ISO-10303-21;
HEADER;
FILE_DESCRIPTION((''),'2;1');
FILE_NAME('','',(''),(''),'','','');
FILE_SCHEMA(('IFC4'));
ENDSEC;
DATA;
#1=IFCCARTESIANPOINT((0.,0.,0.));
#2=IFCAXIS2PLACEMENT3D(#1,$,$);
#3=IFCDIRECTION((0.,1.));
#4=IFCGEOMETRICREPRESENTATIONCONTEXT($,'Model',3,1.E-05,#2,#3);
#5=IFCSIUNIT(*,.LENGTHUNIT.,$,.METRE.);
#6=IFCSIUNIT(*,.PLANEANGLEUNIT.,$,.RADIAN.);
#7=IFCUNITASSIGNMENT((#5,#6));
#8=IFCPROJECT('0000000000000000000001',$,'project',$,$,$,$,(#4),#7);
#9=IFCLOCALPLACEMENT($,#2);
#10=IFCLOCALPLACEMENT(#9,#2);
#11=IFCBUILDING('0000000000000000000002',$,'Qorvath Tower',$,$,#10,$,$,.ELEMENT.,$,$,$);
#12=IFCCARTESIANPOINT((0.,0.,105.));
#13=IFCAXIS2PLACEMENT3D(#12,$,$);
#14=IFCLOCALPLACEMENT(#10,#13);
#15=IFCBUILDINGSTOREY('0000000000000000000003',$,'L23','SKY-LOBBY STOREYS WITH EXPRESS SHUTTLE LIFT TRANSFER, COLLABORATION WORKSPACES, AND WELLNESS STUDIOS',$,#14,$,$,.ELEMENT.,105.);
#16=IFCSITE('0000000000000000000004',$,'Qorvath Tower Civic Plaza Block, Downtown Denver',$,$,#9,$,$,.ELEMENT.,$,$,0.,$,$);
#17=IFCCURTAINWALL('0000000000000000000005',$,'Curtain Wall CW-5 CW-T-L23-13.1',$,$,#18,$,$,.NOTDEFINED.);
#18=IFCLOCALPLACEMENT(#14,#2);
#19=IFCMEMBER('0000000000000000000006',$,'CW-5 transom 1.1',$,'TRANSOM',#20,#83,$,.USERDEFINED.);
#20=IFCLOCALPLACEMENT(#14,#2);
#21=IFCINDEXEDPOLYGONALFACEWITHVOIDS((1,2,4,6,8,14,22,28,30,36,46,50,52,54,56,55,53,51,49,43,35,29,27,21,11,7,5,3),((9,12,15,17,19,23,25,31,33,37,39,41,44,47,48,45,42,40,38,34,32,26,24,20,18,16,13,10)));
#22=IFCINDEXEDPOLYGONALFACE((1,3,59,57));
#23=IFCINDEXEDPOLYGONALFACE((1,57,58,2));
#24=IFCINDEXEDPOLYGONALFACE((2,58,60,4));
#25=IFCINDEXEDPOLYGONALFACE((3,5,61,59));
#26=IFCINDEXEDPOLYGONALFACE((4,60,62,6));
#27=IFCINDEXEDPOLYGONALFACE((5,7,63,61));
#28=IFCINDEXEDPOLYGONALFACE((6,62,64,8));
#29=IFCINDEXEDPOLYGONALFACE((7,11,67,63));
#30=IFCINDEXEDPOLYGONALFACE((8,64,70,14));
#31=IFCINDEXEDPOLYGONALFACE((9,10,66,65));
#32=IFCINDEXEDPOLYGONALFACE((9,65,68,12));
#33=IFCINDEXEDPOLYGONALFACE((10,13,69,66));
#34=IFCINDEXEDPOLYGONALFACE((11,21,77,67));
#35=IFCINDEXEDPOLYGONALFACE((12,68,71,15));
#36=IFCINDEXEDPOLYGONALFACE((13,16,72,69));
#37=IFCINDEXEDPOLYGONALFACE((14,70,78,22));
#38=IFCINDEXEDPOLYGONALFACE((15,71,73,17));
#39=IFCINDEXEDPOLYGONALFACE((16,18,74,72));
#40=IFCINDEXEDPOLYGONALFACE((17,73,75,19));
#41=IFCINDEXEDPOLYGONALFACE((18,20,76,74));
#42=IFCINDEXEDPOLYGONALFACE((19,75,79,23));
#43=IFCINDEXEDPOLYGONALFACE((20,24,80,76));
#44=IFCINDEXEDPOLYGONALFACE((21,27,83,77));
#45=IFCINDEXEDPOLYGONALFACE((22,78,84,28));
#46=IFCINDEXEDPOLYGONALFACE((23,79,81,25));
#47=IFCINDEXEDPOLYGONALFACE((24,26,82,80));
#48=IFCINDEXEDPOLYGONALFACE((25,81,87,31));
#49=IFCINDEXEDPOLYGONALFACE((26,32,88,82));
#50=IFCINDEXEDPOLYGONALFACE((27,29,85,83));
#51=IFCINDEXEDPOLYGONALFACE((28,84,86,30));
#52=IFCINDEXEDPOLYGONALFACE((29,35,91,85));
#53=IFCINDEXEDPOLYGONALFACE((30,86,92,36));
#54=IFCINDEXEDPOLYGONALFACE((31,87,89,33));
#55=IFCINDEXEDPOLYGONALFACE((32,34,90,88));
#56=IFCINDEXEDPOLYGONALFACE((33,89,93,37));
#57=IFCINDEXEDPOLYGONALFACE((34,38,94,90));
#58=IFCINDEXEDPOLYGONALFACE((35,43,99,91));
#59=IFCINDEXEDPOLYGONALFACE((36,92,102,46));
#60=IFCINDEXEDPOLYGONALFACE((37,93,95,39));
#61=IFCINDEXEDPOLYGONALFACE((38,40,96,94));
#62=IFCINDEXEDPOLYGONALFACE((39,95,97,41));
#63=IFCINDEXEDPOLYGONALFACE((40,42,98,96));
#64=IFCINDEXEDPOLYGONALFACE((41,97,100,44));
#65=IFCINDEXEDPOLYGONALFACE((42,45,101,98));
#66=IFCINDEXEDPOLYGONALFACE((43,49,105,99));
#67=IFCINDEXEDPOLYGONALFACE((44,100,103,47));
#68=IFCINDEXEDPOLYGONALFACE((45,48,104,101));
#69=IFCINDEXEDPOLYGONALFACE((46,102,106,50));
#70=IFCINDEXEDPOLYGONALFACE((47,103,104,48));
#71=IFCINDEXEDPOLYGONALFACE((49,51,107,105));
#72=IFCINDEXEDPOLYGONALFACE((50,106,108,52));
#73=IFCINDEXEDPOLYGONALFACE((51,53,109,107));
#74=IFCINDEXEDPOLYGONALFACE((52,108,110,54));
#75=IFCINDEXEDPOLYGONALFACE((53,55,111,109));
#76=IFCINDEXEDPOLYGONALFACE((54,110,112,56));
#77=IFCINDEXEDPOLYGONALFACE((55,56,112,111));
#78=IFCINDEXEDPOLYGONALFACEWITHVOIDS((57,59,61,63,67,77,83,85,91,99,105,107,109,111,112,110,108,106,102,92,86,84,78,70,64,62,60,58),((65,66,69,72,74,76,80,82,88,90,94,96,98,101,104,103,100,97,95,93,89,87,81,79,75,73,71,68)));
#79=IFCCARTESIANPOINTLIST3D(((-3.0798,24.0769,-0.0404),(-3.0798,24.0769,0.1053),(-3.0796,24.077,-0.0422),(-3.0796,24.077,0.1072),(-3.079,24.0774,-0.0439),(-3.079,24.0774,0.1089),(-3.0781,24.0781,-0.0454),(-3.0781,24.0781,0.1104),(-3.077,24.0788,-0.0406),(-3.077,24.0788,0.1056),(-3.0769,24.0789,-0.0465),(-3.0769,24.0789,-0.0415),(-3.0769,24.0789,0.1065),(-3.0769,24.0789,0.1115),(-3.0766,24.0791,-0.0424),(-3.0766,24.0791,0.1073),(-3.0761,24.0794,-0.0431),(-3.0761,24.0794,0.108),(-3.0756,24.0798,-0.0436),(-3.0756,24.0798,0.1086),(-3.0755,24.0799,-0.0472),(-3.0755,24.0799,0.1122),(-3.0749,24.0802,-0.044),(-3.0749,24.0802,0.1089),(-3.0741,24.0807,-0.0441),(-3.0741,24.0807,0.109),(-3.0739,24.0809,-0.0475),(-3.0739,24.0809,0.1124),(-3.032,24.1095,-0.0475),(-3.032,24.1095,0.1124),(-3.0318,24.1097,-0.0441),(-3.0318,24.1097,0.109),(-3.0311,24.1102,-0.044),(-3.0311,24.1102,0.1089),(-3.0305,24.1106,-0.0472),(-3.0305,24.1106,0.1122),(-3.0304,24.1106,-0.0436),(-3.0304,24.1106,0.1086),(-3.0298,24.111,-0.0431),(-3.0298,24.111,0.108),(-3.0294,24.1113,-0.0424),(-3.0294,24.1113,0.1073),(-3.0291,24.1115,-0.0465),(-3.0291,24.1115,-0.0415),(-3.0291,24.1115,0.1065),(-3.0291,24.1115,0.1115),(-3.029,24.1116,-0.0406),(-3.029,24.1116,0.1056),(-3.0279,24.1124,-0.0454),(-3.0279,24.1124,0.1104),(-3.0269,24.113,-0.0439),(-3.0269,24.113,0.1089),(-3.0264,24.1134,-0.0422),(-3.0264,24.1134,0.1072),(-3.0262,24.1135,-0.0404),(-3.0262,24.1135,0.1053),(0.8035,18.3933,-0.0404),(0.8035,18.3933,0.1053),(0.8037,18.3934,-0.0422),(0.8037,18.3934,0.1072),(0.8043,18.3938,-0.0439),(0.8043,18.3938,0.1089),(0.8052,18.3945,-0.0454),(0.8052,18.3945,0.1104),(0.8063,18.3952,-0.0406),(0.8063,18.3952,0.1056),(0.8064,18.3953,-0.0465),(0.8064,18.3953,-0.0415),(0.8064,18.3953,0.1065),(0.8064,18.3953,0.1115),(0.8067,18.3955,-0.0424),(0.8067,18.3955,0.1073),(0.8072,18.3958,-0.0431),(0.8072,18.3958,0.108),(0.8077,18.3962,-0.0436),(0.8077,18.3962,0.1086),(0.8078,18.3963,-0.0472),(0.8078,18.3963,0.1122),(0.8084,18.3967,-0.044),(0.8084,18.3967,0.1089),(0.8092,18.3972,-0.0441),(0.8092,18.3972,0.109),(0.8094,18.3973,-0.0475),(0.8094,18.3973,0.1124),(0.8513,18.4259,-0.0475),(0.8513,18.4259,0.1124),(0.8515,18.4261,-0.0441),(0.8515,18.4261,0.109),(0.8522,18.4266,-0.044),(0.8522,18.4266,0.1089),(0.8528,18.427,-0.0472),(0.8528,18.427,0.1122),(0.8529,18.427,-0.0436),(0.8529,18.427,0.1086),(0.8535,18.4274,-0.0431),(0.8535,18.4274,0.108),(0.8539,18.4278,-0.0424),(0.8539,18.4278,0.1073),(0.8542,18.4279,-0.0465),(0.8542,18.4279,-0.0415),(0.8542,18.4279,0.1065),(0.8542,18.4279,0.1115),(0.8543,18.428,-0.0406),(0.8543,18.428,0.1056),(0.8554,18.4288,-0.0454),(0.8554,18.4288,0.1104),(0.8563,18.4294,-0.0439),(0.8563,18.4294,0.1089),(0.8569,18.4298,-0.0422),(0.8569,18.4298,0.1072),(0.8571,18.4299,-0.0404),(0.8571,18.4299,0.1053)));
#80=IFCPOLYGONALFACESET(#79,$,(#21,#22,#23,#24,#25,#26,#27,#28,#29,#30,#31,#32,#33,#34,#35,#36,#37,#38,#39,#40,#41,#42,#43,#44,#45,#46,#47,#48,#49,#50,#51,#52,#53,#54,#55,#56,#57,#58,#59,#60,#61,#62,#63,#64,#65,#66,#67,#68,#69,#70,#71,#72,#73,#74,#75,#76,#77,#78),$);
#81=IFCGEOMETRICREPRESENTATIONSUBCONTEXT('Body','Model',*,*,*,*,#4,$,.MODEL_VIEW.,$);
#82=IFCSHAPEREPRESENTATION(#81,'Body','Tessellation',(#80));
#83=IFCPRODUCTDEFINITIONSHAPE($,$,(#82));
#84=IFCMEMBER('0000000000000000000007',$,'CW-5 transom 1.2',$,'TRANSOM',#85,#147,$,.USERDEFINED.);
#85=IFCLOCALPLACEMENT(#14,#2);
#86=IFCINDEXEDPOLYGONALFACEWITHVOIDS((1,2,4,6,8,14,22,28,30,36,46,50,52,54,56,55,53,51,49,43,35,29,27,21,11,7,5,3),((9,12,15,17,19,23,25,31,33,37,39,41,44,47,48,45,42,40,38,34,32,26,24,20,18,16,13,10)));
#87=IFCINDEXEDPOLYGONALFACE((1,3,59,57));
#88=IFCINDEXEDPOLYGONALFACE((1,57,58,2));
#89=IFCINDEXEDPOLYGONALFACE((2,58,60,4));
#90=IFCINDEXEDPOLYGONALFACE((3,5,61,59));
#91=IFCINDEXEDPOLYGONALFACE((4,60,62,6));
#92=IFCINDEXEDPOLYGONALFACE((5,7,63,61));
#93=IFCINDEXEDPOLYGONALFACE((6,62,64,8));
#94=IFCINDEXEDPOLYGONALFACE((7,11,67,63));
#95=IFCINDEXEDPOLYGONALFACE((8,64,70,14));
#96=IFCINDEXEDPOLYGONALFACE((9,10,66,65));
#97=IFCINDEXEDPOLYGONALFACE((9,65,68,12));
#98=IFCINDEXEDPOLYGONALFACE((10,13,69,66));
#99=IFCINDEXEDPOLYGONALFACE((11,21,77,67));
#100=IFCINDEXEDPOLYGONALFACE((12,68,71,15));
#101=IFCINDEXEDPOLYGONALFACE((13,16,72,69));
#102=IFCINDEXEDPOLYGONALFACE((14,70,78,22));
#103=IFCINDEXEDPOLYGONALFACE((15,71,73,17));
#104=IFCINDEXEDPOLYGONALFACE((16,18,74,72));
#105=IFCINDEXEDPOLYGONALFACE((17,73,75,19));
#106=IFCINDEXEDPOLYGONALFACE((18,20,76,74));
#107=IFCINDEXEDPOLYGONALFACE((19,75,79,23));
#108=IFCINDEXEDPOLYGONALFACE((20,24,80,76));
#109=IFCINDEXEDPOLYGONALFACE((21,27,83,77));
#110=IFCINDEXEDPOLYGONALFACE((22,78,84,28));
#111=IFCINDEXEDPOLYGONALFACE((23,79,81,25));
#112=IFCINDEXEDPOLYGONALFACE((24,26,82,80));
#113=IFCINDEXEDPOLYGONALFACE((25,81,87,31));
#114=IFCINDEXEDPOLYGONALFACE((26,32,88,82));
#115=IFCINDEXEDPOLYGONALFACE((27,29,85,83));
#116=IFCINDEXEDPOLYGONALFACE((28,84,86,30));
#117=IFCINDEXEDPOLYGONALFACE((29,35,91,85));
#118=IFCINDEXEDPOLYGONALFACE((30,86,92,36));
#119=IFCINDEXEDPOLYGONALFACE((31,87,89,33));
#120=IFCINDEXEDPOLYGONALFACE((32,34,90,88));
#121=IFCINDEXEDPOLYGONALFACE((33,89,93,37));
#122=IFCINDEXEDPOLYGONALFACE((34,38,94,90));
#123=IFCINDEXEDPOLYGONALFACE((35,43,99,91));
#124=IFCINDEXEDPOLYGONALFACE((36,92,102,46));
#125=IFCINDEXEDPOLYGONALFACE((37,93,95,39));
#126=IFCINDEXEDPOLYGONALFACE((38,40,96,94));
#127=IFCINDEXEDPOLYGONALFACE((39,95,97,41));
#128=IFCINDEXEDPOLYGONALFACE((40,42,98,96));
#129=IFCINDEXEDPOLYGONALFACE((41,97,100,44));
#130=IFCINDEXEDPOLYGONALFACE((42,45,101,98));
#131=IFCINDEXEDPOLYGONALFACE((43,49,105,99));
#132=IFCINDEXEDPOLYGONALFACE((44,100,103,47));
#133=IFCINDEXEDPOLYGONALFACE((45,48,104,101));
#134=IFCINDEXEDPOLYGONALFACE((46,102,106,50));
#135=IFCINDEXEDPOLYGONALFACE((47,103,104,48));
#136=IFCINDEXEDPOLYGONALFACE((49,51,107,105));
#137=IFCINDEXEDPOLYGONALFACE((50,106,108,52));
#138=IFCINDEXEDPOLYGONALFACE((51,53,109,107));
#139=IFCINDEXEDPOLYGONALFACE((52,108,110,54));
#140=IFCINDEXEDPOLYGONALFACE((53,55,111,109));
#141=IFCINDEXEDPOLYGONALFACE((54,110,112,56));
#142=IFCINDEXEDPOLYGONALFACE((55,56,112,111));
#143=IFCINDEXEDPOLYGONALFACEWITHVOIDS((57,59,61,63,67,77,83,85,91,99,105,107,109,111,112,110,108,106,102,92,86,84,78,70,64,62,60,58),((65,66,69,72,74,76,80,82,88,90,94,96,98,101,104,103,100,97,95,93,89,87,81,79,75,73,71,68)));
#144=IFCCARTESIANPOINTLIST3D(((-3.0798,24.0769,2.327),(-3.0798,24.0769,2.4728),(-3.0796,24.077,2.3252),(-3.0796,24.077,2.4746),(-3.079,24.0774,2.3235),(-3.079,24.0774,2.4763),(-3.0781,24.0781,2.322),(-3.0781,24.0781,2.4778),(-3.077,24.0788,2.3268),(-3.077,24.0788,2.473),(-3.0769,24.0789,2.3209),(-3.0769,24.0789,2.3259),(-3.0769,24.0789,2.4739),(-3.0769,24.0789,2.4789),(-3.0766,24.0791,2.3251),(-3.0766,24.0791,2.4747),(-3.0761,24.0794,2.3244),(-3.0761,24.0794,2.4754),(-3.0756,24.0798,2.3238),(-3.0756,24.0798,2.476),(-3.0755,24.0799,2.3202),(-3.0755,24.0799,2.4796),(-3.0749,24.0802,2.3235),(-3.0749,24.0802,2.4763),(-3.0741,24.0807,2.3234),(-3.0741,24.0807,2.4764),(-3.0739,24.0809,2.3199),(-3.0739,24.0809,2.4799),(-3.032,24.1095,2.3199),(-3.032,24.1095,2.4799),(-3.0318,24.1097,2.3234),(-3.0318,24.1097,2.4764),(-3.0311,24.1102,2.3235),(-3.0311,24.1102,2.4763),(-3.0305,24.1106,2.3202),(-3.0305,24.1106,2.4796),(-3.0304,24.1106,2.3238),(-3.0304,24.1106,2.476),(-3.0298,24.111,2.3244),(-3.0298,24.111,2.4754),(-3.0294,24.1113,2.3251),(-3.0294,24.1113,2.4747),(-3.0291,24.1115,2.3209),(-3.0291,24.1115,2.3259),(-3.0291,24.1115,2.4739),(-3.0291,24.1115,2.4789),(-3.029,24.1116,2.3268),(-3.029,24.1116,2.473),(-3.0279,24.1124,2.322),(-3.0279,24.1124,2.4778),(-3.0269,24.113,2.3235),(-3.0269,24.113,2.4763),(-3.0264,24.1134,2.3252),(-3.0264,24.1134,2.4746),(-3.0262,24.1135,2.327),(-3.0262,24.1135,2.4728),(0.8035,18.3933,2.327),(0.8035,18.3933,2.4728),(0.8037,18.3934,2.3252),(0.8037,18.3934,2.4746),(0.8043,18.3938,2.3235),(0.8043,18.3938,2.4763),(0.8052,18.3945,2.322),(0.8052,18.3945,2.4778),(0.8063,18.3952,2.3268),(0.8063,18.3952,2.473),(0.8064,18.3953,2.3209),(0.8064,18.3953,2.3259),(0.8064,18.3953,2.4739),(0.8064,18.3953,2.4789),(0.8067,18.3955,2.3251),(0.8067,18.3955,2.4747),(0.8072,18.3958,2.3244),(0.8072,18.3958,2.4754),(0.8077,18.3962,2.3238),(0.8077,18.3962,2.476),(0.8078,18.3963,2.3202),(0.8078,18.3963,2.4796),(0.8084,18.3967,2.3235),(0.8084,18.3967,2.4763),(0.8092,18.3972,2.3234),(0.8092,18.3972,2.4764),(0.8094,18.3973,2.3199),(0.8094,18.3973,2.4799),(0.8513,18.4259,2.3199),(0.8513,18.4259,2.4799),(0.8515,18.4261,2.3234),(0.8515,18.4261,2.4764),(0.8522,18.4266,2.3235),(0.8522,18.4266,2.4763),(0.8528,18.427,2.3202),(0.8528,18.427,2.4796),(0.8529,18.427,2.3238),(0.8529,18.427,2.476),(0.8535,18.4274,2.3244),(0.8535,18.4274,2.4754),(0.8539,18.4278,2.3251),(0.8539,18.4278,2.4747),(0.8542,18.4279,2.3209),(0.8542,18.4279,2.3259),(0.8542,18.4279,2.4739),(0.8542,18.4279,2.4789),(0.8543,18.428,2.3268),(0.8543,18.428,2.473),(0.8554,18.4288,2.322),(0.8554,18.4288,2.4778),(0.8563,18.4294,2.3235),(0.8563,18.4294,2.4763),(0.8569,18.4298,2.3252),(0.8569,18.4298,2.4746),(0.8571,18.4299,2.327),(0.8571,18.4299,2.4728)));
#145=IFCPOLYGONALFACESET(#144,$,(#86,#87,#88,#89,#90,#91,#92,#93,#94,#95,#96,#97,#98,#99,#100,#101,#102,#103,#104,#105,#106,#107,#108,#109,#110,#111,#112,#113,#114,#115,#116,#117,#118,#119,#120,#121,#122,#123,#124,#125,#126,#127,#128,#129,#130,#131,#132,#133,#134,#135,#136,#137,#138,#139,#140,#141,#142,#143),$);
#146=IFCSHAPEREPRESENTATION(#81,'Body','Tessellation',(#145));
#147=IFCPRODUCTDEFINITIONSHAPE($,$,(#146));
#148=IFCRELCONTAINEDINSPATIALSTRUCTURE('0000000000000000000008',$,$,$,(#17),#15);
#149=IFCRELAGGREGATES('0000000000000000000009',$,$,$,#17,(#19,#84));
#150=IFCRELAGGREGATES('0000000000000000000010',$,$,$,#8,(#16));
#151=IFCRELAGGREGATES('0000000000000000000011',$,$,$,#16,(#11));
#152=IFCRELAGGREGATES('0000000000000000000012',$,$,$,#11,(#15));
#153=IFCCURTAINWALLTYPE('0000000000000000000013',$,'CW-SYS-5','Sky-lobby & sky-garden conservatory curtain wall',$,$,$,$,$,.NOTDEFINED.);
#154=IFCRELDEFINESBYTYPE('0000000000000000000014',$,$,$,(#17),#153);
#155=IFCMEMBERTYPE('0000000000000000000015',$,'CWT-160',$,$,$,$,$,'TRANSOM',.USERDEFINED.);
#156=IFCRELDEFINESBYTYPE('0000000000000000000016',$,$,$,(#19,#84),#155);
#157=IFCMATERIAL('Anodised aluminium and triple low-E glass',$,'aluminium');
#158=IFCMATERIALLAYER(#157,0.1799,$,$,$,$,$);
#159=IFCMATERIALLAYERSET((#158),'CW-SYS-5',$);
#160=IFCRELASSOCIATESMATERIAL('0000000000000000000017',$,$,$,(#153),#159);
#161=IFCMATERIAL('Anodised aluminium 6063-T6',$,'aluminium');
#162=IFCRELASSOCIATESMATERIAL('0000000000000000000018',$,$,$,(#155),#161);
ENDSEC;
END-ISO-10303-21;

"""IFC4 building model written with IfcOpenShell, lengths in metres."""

from ifc_helpers import new_model, si_unit, direction, frame, origin, origin_2d, place, context, subcontext, project, spatial, hollow_rectangle, extrude, material, layer, layer_set, material_profile, profile_set, type_object, element, aggregate, save


model = new_model("IFC4")

# Units and contexts
model_context = context("Model", 3, precision=1e-05, world=origin(), true_north=direction((0.0, 1.0)))
body_context = subcontext(model_context, "Body", "Model", "MODEL_VIEW")
ifc_project = project(units=[si_unit("LENGTHUNIT", "METRE"), si_unit("PLANEANGLEUNIT", "RADIAN")], contexts=[model_context])

# Site, building, storey
site_placement = place(None, origin())
site = spatial("IfcSite", under=ifc_project, at=site_placement, Name="Qorvath Tower Civic Plaza Block, Downtown Denver", CompositionType="ELEMENT", RefElevation=0.0)
building_placement = place(site_placement, origin())
building = spatial("IfcBuilding", under=site, at=building_placement, Name="Qorvath Tower", CompositionType="ELEMENT")
storey_placement = place(building_placement, frame((0.0, 0.0, 105.0)))
storey = spatial("IfcBuildingStorey", under=building, at=storey_placement, Name="L23", Description="SKY-LOBBY STOREYS WITH EXPRESS SHUTTLE LIFT TRANSFER, COLLABORATION WORKSPACES, AND WELLNESS STUDIOS", CompositionType="ELEMENT", Elevation=105.0)

# Shared definitions
ifc_material_1 = material(Name="Anodised aluminium and triple low-E glass", Category="aluminium")
ifc_layer_1 = layer(ifc_material_1, 0.1799)
ifc_layer_set_1 = layer_set([ifc_layer_1], Name="CW-SYS-5")
curtain_wall_type = type_object("IfcCurtainWallType", Name="CW-SYS-5", Description="Sky-lobby & sky-garden conservatory curtain wall", PredefinedType="NOTDEFINED", material=ifc_layer_set_1)

# Curtain wall
curtain_wall_1_placement = place(storey_placement, origin())
curtain_wall_1 = element("IfcCurtainWall", 1, at=curtain_wall_1_placement, inside=storey, type_object=curtain_wall_type, Name="Curtain Wall CW-5 CW-T-L23-13.1", PredefinedType="NOTDEFINED")

# Members
ifc_material_2 = material(Name="Anodised aluminium 6063-T6", Category="aluminium")
ifc_material_profile_1 = material_profile(ifc_material_2, hollow_rectangle(XDim=0.0649, YDim=0.1599, WallThickness=0.0034, InnerFilletRadius=0.0034, OuterFilletRadius=0.0071, at=origin_2d()), Name="CWT 160x65")
ifc_profile_set_1 = profile_set([ifc_material_profile_1], Name="Anodised aluminium 6063-T6")
member_type_1 = type_object("IfcMemberType", Name="CWT-160", ElementType="TRANSOM", PredefinedType="USERDEFINED", material=ifc_profile_set_1)
member_1_placement = place(storey_placement, frame((0.8303, 18.4116, 0.0325), z_axis=(-0.564142, 0.825678, 0.0), x_axis=(-0.825678, -0.564142, 0.0)))
member_1 = element("IfcMember", 2, at=member_1_placement, type_object=member_type_1, Name="CW-5 transom 1.1", ObjectType="TRANSOM", PredefinedType="USERDEFINED", context=body_context, shape_type="SweptSolid", body=[
    extrude(hollow_rectangle(XDim=0.0649, YDim=0.1599, WallThickness=0.0034, InnerFilletRadius=0.0034, OuterFilletRadius=0.0071, at=origin_2d()), origin(), (0.0, 0.0, 1.0), 6.8835),
])
member_2_placement = place(storey_placement, frame((0.8303, 18.4116, 2.3999), z_axis=(-0.564142, 0.825678, 0.0), x_axis=(-0.825678, -0.564142, 0.0)))
member_2 = element("IfcMember", 3, at=member_2_placement, type_object=member_type_1, Name="CW-5 transom 1.2", ObjectType="TRANSOM", PredefinedType="USERDEFINED", context=body_context, shape_type="SweptSolid", body=[
    extrude(hollow_rectangle(XDim=0.0649, YDim=0.1599, WallThickness=0.0034, InnerFilletRadius=0.0034, OuterFilletRadius=0.0071, at=origin_2d()), origin(), (0.0, 0.0, 1.0), 6.8835),
])

aggregate(curtain_wall_1, [member_1, member_2])

save(model, "model.ifc")
